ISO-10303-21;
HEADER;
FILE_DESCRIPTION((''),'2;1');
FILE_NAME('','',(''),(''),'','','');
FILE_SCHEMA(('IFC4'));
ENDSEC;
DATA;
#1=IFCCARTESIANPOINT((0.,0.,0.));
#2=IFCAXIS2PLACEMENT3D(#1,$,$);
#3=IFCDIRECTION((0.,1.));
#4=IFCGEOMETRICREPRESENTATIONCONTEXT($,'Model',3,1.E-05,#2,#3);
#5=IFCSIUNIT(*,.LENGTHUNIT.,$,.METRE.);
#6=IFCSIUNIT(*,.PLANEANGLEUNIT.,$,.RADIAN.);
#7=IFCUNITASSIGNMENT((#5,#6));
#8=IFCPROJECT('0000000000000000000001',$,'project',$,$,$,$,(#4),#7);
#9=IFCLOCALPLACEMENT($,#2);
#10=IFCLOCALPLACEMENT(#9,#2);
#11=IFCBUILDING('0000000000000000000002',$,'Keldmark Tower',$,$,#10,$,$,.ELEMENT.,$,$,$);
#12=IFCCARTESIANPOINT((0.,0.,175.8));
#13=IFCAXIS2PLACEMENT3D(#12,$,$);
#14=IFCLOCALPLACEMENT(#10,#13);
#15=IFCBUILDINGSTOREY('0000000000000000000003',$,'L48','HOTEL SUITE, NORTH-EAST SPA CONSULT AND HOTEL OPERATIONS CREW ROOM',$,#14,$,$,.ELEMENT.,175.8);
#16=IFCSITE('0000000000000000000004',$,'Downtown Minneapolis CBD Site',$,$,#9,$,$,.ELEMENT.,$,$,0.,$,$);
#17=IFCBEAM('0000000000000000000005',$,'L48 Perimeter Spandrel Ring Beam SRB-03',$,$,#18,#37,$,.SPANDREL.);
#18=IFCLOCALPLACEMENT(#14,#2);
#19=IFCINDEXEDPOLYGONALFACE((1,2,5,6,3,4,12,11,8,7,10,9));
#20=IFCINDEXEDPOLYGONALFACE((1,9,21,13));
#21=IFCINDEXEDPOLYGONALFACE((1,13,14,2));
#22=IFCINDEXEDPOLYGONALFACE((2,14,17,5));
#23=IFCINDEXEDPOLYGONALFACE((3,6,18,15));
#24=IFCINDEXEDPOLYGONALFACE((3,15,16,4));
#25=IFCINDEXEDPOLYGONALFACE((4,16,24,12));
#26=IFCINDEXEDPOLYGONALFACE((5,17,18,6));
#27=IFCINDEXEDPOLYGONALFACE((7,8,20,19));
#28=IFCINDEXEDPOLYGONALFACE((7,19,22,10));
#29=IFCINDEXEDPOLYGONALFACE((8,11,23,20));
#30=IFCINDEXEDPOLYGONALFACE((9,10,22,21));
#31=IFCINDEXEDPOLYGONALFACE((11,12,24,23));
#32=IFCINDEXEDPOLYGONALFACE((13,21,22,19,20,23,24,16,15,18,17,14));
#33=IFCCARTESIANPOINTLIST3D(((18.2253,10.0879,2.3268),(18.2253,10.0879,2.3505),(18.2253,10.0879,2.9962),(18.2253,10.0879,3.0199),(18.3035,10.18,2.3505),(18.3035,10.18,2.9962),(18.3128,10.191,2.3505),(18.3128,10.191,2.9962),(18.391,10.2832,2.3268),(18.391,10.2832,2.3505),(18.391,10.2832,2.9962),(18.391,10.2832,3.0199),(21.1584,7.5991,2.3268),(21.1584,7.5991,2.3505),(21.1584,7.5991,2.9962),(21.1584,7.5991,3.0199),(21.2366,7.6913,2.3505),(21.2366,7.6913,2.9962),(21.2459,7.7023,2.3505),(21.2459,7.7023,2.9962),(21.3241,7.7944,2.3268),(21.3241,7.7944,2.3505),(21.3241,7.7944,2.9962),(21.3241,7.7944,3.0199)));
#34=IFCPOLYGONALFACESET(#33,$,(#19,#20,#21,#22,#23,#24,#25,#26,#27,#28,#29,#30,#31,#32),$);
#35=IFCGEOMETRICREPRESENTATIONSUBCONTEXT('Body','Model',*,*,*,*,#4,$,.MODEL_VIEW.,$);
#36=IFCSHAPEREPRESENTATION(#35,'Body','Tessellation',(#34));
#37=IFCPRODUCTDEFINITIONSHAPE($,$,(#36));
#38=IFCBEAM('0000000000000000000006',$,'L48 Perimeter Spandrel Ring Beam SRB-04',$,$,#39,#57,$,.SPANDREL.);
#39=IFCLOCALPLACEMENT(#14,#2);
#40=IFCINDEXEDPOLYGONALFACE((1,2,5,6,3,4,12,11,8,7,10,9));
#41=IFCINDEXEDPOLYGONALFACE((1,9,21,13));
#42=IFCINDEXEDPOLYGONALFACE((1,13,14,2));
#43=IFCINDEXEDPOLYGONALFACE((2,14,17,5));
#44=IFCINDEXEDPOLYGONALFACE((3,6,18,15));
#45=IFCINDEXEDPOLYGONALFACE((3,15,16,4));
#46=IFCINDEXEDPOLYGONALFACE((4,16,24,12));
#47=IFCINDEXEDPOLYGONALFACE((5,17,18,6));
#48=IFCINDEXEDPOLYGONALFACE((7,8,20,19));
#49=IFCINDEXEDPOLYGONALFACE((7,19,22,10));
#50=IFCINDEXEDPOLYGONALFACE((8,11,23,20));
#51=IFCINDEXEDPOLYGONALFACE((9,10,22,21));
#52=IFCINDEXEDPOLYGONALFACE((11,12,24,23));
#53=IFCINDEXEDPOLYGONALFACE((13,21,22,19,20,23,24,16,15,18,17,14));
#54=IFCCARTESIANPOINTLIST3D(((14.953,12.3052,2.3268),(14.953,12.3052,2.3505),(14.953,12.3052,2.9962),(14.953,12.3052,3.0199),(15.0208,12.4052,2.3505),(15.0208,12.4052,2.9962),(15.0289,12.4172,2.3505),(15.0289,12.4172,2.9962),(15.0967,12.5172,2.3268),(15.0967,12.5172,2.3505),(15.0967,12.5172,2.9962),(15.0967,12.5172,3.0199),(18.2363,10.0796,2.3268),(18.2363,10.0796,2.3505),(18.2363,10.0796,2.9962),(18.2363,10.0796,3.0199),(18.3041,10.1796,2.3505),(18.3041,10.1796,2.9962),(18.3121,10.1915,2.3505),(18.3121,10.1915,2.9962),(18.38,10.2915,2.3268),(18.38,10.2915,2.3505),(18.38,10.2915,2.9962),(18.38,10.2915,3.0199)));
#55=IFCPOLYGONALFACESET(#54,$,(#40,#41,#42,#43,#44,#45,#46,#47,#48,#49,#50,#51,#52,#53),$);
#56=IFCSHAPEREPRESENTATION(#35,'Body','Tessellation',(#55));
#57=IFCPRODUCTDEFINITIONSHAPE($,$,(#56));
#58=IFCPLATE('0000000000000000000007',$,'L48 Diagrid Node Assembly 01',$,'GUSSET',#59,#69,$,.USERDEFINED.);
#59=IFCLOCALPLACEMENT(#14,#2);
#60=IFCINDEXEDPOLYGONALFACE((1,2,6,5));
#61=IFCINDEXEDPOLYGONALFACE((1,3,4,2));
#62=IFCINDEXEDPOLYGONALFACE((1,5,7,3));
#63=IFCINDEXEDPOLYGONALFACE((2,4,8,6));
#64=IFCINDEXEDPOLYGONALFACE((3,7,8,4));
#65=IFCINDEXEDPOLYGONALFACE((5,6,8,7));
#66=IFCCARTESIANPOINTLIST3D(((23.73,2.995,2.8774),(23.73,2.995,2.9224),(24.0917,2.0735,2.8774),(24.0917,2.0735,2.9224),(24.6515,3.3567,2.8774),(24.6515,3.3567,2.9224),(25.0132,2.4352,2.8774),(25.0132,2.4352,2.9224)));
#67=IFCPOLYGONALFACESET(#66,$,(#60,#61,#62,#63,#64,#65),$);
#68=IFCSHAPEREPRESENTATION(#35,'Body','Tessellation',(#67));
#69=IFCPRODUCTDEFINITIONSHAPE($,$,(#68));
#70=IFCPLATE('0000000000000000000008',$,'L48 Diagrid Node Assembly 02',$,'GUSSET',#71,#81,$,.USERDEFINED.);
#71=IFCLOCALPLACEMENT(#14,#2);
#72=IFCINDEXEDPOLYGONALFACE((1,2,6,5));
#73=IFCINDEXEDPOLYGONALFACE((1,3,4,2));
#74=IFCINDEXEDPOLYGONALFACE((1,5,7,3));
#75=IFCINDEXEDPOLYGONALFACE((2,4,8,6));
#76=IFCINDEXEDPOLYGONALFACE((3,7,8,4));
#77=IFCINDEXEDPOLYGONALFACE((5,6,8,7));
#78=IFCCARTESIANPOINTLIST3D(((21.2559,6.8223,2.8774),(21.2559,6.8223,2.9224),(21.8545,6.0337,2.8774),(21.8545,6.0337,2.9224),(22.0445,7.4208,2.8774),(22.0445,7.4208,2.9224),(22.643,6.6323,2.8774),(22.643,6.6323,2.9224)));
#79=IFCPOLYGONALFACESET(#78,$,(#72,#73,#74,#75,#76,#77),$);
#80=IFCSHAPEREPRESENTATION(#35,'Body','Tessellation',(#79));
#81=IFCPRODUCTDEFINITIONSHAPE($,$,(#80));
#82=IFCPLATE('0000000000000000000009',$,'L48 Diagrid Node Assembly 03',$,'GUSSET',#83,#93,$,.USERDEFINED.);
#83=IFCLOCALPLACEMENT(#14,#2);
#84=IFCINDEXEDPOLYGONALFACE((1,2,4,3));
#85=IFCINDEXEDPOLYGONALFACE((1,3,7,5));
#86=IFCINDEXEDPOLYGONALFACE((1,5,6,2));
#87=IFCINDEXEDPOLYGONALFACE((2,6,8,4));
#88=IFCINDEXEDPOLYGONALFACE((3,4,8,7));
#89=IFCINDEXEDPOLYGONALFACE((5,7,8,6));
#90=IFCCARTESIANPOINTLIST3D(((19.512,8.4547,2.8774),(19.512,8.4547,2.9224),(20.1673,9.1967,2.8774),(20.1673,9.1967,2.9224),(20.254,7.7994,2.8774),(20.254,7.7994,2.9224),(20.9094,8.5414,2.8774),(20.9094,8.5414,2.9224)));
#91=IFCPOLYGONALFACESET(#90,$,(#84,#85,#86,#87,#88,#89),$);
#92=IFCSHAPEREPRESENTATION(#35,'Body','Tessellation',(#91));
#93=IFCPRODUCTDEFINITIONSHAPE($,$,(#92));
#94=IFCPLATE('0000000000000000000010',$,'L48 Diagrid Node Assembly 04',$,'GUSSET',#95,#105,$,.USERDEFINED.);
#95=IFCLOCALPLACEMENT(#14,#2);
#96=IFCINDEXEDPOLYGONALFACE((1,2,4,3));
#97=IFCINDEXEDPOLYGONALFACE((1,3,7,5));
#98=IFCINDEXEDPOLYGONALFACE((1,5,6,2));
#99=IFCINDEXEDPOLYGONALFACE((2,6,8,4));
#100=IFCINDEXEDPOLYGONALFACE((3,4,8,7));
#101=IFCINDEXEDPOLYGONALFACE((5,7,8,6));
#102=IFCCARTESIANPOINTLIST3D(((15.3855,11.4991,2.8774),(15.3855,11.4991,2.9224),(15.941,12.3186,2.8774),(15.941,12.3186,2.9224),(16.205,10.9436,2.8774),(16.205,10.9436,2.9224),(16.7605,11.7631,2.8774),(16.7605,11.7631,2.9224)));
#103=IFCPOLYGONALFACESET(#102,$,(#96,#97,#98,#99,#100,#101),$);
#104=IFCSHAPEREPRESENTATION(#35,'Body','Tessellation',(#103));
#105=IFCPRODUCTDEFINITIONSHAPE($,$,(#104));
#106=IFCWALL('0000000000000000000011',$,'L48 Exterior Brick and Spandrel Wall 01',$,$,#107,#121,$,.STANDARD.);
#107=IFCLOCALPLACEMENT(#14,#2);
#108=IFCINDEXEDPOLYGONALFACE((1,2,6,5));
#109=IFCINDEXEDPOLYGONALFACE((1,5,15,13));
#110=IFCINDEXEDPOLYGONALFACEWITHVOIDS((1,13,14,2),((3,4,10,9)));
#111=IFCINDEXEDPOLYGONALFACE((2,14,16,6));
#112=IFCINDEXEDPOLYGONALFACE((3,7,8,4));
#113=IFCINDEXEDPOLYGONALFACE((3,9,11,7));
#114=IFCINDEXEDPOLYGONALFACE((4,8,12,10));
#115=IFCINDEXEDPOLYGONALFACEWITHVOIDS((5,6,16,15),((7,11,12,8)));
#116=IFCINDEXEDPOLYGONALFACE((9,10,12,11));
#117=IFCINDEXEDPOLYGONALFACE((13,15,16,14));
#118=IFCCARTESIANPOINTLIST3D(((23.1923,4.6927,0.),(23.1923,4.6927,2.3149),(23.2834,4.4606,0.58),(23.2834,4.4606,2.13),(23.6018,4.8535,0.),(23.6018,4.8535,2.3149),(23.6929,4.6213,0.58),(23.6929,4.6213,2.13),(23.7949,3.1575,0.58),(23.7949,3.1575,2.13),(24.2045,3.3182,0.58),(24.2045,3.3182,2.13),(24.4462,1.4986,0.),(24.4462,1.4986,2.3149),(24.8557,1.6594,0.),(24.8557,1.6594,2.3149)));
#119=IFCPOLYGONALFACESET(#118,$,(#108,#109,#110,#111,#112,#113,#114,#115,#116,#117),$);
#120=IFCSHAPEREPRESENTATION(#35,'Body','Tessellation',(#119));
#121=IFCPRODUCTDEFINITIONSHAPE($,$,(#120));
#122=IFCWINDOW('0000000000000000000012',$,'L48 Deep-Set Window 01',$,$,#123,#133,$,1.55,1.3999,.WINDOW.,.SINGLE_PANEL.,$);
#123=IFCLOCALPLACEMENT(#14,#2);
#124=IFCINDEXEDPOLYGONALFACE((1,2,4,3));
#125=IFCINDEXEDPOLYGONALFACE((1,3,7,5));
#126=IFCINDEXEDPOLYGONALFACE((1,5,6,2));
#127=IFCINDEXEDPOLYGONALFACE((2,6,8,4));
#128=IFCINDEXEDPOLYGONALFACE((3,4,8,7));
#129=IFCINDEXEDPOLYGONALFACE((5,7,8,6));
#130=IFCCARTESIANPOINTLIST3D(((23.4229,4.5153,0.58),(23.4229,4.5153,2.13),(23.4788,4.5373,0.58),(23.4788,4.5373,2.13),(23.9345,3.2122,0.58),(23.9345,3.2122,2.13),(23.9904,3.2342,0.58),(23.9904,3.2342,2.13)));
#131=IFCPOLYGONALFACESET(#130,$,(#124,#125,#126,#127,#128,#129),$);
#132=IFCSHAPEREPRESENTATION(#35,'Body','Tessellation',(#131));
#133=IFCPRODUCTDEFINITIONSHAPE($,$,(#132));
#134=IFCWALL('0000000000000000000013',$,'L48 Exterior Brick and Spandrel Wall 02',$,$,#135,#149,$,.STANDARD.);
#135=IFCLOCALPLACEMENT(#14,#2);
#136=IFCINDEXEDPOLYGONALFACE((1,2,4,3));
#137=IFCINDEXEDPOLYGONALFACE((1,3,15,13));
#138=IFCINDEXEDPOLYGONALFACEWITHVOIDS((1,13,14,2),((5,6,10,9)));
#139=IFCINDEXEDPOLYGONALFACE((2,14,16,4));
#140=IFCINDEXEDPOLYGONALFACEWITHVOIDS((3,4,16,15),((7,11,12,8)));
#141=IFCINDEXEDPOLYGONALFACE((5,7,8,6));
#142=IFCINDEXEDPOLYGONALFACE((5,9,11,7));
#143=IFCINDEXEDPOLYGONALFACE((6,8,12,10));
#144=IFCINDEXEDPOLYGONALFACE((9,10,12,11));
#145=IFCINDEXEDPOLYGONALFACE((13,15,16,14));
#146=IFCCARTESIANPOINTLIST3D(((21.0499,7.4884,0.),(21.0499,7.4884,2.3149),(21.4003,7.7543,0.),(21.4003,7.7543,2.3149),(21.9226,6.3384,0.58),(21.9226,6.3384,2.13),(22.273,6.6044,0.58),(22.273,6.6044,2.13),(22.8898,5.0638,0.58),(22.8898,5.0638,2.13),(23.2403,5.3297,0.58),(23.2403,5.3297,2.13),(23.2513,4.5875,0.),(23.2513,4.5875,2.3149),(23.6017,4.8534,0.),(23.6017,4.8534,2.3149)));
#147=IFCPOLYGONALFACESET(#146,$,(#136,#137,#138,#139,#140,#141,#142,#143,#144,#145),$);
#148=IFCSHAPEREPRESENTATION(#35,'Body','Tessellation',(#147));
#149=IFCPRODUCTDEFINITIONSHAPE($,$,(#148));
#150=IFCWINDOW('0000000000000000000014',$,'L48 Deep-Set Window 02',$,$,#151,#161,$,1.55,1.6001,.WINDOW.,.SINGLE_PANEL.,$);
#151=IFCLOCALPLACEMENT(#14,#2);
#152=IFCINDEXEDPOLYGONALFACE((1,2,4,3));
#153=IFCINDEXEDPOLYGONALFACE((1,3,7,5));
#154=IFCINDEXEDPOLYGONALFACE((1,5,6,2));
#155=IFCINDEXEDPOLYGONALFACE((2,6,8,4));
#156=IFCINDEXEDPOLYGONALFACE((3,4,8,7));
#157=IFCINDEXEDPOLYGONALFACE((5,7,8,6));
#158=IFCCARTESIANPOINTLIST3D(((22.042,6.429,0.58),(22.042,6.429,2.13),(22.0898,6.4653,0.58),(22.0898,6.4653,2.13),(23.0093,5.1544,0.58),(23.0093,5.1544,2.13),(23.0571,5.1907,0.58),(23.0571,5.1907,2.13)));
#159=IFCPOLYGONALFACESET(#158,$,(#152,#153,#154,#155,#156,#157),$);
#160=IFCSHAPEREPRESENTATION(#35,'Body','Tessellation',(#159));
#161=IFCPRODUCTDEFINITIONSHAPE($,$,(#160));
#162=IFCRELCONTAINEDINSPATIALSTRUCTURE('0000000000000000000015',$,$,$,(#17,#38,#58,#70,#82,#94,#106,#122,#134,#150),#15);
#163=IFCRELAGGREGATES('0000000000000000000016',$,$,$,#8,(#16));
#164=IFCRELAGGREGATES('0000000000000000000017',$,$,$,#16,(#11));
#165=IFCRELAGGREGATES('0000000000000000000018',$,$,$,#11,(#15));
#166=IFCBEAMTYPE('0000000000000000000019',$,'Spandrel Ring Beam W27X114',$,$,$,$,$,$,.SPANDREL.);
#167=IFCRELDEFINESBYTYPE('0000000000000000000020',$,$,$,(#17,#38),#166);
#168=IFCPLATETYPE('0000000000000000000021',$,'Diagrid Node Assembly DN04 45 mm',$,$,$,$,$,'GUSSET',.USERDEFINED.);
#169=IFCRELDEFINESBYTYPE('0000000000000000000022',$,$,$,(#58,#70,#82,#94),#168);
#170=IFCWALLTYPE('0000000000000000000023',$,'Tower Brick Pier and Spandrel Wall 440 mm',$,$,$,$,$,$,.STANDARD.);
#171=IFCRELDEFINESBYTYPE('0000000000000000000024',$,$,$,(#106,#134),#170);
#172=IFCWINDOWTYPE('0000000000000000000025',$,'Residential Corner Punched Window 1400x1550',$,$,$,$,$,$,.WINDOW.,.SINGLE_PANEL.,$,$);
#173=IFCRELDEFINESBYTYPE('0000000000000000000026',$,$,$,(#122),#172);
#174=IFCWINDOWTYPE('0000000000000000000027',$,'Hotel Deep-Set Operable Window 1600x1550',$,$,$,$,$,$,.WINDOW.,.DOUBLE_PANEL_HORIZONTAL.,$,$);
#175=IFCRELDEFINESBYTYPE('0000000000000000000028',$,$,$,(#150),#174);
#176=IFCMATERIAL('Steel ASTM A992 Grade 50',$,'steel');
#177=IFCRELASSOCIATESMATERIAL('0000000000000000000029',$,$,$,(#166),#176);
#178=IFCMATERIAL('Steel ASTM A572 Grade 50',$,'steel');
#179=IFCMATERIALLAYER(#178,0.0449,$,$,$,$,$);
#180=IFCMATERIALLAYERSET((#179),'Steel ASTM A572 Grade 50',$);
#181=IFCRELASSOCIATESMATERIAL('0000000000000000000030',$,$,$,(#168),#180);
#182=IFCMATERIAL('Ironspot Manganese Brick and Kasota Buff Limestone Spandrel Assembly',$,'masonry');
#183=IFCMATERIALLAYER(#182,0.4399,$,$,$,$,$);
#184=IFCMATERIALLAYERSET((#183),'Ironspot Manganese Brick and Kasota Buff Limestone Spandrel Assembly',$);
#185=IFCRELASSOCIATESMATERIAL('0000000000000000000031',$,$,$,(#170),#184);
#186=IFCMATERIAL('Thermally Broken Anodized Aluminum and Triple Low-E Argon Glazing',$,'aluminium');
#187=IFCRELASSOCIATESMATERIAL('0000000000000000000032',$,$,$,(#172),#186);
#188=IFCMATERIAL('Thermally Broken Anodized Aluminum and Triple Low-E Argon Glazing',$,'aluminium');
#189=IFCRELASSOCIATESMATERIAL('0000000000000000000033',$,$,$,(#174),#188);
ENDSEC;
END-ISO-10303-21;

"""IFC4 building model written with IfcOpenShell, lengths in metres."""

from ifc_helpers import new_model, si_unit, direction, frame, frame_2d, origin, origin_2d, place, context, subcontext, project, spatial, rectangle, i_section, extrude, material, layer, layer_set, material_profile, profile_set, type_object, element, fill, save


model = new_model("IFC4")

# Units and contexts
model_context = context("Model", 3, precision=1e-05, world=origin(), true_north=direction((0.0, 1.0)))
body_context = subcontext(model_context, "Body", "Model", "MODEL_VIEW")
ifc_project = project(units=[si_unit("LENGTHUNIT", "METRE"), si_unit("PLANEANGLEUNIT", "RADIAN")], contexts=[model_context])

# Site, building, storey
site_placement = place(None, origin())
site = spatial("IfcSite", under=ifc_project, at=site_placement, Name="Downtown Minneapolis CBD Site", CompositionType="ELEMENT", RefElevation=0.0)
building_placement = place(site_placement, origin())
building = spatial("IfcBuilding", under=site, at=building_placement, Name="Keldmark Tower", CompositionType="ELEMENT")
storey_placement = place(building_placement, frame((0.0, 0.0, 175.8)))
storey = spatial("IfcBuildingStorey", under=building, at=storey_placement, Name="L48", Description="HOTEL SUITE, NORTH-EAST SPA CONSULT AND HOTEL OPERATIONS CREW ROOM", CompositionType="ELEMENT", Elevation=175.8)

# Beams
ifc_material_1 = material(Name="Steel ASTM A992 Grade 50", Category="steel")
ifc_material_profile_1 = material_profile(ifc_material_1, i_section(OverallWidth=0.2561, OverallDepth=0.6931, WebThickness=0.0144, FlangeThickness=0.0237, at=origin_2d()), Name="W27X114")
ifc_profile_set_1 = profile_set([ifc_material_profile_1], Name="Steel ASTM A992 Grade 50")
beam_type_1 = type_object("IfcBeamType", Name="Spandrel Ring Beam W27X114", PredefinedType="SPANDREL", material=ifc_profile_set_1)
beam_1_placement = place(storey_placement, frame((21.2412, 7.6968, 2.6733), z_axis=(-0.7625, 0.646989, 0.0), x_axis=(-0.646989, -0.7625, 0.0)))
element("IfcBeam", 1, at=beam_1_placement, inside=storey, type_object=beam_type_1, Name="L48 Perimeter Spandrel Ring Beam SRB-03", PredefinedType="SPANDREL", context=body_context, shape_type="SweptSolid", body=[
    extrude(i_section(OverallWidth=0.2561, OverallDepth=0.6931, WebThickness=0.0144, FlangeThickness=0.0237, at=origin_2d()), origin(), (0.0, 0.0, 1.0), 3.8467),
])
beam_2_placement = place(storey_placement, frame((18.3081, 10.1855, 2.6733), z_axis=(-0.827745, 0.561104, 0.0), x_axis=(-0.561104, -0.827745, 0.0)))
element("IfcBeam", 2, at=beam_2_placement, inside=storey, type_object=beam_type_1, Name="L48 Perimeter Spandrel Ring Beam SRB-04", PredefinedType="SPANDREL", context=body_context, shape_type="SweptSolid", body=[
    extrude(i_section(OverallWidth=0.2561, OverallDepth=0.6931, WebThickness=0.0144, FlangeThickness=0.0237, at=origin_2d()), origin(), (0.0, 0.0, 1.0), 3.9666),
])

# Plates
ifc_material_2 = material(Name="Steel ASTM A572 Grade 50", Category="steel")
ifc_layer_1 = layer(ifc_material_2, 0.0449)
ifc_layer_set_1 = layer_set([ifc_layer_1], Name="Steel ASTM A572 Grade 50")
plate_type = type_object("IfcPlateType", Name="Diagrid Node Assembly DN04 45 mm", ElementType="GUSSET", PredefinedType="USERDEFINED", material=ifc_layer_set_1)
for number, where, z_axis, x_axis, name in (
    (3, (24.3716, 2.7151, 2.8774), (0.0, 0.0, 1.0), (-0.365364, 0.930865, 0.0), "L48 Diagrid Node Assembly 01"),
    (4, (21.9495, 6.7273, 2.8774), (0.0, 0.0, 1.0), (-0.604599, 0.79653, 0.0), "L48 Diagrid Node Assembly 02"),
    (5, (20.2107, 8.498, 2.8774), (0.0, 0.0, 1.0), (-0.749534, 0.661966, 0.0), "L48 Diagrid Node Assembly 03"),
    (6, (16.073, 11.6311, 2.8774), (0.0, 0.0, 1.0), (-0.827767, 0.561072, 0.0), "L48 Diagrid Node Assembly 04"),
):
    element("IfcPlate", number, at=place(storey_placement, frame(where, z_axis=z_axis, x_axis=x_axis)), inside=storey, type_object=plate_type, Name=name, ObjectType="GUSSET", PredefinedType="USERDEFINED", context=body_context, shape_type="SweptSolid", body=[
        extrude(rectangle(XDim=0.99, YDim=0.99, at=origin_2d()), origin(), (0.0, 0.0, 1.0), 0.0449),
    ])

# Walls, openings, windows
ifc_material_3 = material(Name="Ironspot Manganese Brick and Kasota Buff Limestone Spandrel Assembly", Category="masonry")
ifc_layer_2 = layer(ifc_material_3, 0.4399)
ifc_layer_set_2 = layer_set([ifc_layer_2], Name="Ironspot Manganese Brick and Kasota Buff Limestone Spandrel Assembly")
wall_type_1 = type_object("IfcWallType", Name="Tower Brick Pier and Spandrel Wall 440 mm", PredefinedType="STANDARD", material=ifc_layer_set_2)
wall_1_placement = place(storey_placement, frame((23.397, 4.7732, 0.0), z_axis=(0.0, 0.0, 1.0), x_axis=(0.365421, -0.930842, 0.0)))
wall_1 = element("IfcWall", 7, at=wall_1_placement, inside=storey, type_object=wall_type_1, Name="L48 Exterior Brick and Spandrel Wall 01", PredefinedType="STANDARD", context=body_context, shape_type="SweptSolid", body=[
    extrude(rectangle(XDim=3.4314, YDim=0.4399, at=frame_2d((1.7158, 0.0))), origin(), (0.0, 0.0, 1.0), 2.3149),
])
opening_1_placement = place(wall_1_placement, frame((0.2495, 0.0, 0.5801)))
opening_1 = element("IfcOpeningElement", 8, at=opening_1_placement, cuts=wall_1, PredefinedType="OPENING", context=body_context, shape_type="SweptSolid", body=[
    extrude(rectangle(XDim=1.3999, YDim=1.55, at=frame_2d((0.7, 0.7749))), frame((0.0, 0.23, 0.0), z_axis=(0.0, -1.0, 0.0), x_axis=(1.0, 0.0, 0.0)), (0.0, 0.0, 1.0), 0.46),
])
ifc_material_4 = material(Name="Thermally Broken Anodized Aluminum and Triple Low-E Argon Glazing", Category="aluminium")
window_type_1 = type_object("IfcWindowType", Name="Residential Corner Punched Window 1400x1550", PartitioningType="SINGLE_PANEL", PredefinedType="WINDOW", material=ifc_material_4)
window_1_placement = place(opening_1_placement, origin())
window_1 = element("IfcWindow", 9, at=window_1_placement, inside=storey, type_object=window_type_1, Name="L48 Deep-Set Window 01", OverallHeight=1.55, OverallWidth=1.3999, PartitioningType="SINGLE_PANEL", PredefinedType="WINDOW", context=body_context, shape_type="SweptSolid", body=[
    extrude(rectangle(XDim=1.3999, YDim=1.55, at=frame_2d((0.7, 0.7749))), frame((0.0, -0.01, 0.0), z_axis=(0.0, -1.0, 0.0), x_axis=(1.0, 0.0, 0.0)), (0.0, 0.0, 1.0), 0.0601),
])
fill(opening_1, window_1)
wall_2_placement = place(storey_placement, frame((21.2251, 7.6213, 0.0), z_axis=(0.0, 0.0, 1.0), x_axis=(0.604517, -0.796592, 0.0)))
wall_2 = element("IfcWall", 10, at=wall_2_placement, inside=storey, type_object=wall_type_1, Name="L48 Exterior Brick and Spandrel Wall 02", PredefinedType="STANDARD", context=body_context, shape_type="SweptSolid", body=[
    extrude(rectangle(XDim=3.6416, YDim=0.4399, at=frame_2d((1.8208, 0.0))), origin(), (0.0, 0.0, 1.0), 2.3149),
])
opening_2_placement = place(wall_2_placement, frame((1.4436, 0.0, 0.5801)))
opening_2 = element("IfcOpeningElement", 11, at=opening_2_placement, cuts=wall_2, PredefinedType="OPENING", context=body_context, shape_type="SweptSolid", body=[
    extrude(rectangle(XDim=1.6001, YDim=1.55, at=frame_2d((0.8, 0.7749))), frame((0.0, 0.23, 0.0), z_axis=(0.0, -1.0, 0.0), x_axis=(1.0, 0.0, 0.0)), (0.0, 0.0, 1.0), 0.46),
])
ifc_material_5 = material(Name="Thermally Broken Anodized Aluminum and Triple Low-E Argon Glazing", Category="aluminium")
window_type_2 = type_object("IfcWindowType", Name="Hotel Deep-Set Operable Window 1600x1550", PartitioningType="DOUBLE_PANEL_HORIZONTAL", PredefinedType="WINDOW", material=ifc_material_5)
window_2_placement = place(opening_2_placement, origin())
window_2 = element("IfcWindow", 12, at=window_2_placement, inside=storey, type_object=window_type_2, Name="L48 Deep-Set Window 02", OverallHeight=1.55, OverallWidth=1.6001, PartitioningType="SINGLE_PANEL", PredefinedType="WINDOW", context=body_context, shape_type="SweptSolid", body=[
    extrude(rectangle(XDim=1.6001, YDim=1.55, at=frame_2d((0.8, 0.7749))), frame((0.0, -0.01, 0.0), z_axis=(0.0, -1.0, 0.0), x_axis=(1.0, 0.0, 0.0)), (0.0, 0.0, 1.0), 0.0601),
])
fill(opening_2, window_2)

save(model, "model.ifc")
